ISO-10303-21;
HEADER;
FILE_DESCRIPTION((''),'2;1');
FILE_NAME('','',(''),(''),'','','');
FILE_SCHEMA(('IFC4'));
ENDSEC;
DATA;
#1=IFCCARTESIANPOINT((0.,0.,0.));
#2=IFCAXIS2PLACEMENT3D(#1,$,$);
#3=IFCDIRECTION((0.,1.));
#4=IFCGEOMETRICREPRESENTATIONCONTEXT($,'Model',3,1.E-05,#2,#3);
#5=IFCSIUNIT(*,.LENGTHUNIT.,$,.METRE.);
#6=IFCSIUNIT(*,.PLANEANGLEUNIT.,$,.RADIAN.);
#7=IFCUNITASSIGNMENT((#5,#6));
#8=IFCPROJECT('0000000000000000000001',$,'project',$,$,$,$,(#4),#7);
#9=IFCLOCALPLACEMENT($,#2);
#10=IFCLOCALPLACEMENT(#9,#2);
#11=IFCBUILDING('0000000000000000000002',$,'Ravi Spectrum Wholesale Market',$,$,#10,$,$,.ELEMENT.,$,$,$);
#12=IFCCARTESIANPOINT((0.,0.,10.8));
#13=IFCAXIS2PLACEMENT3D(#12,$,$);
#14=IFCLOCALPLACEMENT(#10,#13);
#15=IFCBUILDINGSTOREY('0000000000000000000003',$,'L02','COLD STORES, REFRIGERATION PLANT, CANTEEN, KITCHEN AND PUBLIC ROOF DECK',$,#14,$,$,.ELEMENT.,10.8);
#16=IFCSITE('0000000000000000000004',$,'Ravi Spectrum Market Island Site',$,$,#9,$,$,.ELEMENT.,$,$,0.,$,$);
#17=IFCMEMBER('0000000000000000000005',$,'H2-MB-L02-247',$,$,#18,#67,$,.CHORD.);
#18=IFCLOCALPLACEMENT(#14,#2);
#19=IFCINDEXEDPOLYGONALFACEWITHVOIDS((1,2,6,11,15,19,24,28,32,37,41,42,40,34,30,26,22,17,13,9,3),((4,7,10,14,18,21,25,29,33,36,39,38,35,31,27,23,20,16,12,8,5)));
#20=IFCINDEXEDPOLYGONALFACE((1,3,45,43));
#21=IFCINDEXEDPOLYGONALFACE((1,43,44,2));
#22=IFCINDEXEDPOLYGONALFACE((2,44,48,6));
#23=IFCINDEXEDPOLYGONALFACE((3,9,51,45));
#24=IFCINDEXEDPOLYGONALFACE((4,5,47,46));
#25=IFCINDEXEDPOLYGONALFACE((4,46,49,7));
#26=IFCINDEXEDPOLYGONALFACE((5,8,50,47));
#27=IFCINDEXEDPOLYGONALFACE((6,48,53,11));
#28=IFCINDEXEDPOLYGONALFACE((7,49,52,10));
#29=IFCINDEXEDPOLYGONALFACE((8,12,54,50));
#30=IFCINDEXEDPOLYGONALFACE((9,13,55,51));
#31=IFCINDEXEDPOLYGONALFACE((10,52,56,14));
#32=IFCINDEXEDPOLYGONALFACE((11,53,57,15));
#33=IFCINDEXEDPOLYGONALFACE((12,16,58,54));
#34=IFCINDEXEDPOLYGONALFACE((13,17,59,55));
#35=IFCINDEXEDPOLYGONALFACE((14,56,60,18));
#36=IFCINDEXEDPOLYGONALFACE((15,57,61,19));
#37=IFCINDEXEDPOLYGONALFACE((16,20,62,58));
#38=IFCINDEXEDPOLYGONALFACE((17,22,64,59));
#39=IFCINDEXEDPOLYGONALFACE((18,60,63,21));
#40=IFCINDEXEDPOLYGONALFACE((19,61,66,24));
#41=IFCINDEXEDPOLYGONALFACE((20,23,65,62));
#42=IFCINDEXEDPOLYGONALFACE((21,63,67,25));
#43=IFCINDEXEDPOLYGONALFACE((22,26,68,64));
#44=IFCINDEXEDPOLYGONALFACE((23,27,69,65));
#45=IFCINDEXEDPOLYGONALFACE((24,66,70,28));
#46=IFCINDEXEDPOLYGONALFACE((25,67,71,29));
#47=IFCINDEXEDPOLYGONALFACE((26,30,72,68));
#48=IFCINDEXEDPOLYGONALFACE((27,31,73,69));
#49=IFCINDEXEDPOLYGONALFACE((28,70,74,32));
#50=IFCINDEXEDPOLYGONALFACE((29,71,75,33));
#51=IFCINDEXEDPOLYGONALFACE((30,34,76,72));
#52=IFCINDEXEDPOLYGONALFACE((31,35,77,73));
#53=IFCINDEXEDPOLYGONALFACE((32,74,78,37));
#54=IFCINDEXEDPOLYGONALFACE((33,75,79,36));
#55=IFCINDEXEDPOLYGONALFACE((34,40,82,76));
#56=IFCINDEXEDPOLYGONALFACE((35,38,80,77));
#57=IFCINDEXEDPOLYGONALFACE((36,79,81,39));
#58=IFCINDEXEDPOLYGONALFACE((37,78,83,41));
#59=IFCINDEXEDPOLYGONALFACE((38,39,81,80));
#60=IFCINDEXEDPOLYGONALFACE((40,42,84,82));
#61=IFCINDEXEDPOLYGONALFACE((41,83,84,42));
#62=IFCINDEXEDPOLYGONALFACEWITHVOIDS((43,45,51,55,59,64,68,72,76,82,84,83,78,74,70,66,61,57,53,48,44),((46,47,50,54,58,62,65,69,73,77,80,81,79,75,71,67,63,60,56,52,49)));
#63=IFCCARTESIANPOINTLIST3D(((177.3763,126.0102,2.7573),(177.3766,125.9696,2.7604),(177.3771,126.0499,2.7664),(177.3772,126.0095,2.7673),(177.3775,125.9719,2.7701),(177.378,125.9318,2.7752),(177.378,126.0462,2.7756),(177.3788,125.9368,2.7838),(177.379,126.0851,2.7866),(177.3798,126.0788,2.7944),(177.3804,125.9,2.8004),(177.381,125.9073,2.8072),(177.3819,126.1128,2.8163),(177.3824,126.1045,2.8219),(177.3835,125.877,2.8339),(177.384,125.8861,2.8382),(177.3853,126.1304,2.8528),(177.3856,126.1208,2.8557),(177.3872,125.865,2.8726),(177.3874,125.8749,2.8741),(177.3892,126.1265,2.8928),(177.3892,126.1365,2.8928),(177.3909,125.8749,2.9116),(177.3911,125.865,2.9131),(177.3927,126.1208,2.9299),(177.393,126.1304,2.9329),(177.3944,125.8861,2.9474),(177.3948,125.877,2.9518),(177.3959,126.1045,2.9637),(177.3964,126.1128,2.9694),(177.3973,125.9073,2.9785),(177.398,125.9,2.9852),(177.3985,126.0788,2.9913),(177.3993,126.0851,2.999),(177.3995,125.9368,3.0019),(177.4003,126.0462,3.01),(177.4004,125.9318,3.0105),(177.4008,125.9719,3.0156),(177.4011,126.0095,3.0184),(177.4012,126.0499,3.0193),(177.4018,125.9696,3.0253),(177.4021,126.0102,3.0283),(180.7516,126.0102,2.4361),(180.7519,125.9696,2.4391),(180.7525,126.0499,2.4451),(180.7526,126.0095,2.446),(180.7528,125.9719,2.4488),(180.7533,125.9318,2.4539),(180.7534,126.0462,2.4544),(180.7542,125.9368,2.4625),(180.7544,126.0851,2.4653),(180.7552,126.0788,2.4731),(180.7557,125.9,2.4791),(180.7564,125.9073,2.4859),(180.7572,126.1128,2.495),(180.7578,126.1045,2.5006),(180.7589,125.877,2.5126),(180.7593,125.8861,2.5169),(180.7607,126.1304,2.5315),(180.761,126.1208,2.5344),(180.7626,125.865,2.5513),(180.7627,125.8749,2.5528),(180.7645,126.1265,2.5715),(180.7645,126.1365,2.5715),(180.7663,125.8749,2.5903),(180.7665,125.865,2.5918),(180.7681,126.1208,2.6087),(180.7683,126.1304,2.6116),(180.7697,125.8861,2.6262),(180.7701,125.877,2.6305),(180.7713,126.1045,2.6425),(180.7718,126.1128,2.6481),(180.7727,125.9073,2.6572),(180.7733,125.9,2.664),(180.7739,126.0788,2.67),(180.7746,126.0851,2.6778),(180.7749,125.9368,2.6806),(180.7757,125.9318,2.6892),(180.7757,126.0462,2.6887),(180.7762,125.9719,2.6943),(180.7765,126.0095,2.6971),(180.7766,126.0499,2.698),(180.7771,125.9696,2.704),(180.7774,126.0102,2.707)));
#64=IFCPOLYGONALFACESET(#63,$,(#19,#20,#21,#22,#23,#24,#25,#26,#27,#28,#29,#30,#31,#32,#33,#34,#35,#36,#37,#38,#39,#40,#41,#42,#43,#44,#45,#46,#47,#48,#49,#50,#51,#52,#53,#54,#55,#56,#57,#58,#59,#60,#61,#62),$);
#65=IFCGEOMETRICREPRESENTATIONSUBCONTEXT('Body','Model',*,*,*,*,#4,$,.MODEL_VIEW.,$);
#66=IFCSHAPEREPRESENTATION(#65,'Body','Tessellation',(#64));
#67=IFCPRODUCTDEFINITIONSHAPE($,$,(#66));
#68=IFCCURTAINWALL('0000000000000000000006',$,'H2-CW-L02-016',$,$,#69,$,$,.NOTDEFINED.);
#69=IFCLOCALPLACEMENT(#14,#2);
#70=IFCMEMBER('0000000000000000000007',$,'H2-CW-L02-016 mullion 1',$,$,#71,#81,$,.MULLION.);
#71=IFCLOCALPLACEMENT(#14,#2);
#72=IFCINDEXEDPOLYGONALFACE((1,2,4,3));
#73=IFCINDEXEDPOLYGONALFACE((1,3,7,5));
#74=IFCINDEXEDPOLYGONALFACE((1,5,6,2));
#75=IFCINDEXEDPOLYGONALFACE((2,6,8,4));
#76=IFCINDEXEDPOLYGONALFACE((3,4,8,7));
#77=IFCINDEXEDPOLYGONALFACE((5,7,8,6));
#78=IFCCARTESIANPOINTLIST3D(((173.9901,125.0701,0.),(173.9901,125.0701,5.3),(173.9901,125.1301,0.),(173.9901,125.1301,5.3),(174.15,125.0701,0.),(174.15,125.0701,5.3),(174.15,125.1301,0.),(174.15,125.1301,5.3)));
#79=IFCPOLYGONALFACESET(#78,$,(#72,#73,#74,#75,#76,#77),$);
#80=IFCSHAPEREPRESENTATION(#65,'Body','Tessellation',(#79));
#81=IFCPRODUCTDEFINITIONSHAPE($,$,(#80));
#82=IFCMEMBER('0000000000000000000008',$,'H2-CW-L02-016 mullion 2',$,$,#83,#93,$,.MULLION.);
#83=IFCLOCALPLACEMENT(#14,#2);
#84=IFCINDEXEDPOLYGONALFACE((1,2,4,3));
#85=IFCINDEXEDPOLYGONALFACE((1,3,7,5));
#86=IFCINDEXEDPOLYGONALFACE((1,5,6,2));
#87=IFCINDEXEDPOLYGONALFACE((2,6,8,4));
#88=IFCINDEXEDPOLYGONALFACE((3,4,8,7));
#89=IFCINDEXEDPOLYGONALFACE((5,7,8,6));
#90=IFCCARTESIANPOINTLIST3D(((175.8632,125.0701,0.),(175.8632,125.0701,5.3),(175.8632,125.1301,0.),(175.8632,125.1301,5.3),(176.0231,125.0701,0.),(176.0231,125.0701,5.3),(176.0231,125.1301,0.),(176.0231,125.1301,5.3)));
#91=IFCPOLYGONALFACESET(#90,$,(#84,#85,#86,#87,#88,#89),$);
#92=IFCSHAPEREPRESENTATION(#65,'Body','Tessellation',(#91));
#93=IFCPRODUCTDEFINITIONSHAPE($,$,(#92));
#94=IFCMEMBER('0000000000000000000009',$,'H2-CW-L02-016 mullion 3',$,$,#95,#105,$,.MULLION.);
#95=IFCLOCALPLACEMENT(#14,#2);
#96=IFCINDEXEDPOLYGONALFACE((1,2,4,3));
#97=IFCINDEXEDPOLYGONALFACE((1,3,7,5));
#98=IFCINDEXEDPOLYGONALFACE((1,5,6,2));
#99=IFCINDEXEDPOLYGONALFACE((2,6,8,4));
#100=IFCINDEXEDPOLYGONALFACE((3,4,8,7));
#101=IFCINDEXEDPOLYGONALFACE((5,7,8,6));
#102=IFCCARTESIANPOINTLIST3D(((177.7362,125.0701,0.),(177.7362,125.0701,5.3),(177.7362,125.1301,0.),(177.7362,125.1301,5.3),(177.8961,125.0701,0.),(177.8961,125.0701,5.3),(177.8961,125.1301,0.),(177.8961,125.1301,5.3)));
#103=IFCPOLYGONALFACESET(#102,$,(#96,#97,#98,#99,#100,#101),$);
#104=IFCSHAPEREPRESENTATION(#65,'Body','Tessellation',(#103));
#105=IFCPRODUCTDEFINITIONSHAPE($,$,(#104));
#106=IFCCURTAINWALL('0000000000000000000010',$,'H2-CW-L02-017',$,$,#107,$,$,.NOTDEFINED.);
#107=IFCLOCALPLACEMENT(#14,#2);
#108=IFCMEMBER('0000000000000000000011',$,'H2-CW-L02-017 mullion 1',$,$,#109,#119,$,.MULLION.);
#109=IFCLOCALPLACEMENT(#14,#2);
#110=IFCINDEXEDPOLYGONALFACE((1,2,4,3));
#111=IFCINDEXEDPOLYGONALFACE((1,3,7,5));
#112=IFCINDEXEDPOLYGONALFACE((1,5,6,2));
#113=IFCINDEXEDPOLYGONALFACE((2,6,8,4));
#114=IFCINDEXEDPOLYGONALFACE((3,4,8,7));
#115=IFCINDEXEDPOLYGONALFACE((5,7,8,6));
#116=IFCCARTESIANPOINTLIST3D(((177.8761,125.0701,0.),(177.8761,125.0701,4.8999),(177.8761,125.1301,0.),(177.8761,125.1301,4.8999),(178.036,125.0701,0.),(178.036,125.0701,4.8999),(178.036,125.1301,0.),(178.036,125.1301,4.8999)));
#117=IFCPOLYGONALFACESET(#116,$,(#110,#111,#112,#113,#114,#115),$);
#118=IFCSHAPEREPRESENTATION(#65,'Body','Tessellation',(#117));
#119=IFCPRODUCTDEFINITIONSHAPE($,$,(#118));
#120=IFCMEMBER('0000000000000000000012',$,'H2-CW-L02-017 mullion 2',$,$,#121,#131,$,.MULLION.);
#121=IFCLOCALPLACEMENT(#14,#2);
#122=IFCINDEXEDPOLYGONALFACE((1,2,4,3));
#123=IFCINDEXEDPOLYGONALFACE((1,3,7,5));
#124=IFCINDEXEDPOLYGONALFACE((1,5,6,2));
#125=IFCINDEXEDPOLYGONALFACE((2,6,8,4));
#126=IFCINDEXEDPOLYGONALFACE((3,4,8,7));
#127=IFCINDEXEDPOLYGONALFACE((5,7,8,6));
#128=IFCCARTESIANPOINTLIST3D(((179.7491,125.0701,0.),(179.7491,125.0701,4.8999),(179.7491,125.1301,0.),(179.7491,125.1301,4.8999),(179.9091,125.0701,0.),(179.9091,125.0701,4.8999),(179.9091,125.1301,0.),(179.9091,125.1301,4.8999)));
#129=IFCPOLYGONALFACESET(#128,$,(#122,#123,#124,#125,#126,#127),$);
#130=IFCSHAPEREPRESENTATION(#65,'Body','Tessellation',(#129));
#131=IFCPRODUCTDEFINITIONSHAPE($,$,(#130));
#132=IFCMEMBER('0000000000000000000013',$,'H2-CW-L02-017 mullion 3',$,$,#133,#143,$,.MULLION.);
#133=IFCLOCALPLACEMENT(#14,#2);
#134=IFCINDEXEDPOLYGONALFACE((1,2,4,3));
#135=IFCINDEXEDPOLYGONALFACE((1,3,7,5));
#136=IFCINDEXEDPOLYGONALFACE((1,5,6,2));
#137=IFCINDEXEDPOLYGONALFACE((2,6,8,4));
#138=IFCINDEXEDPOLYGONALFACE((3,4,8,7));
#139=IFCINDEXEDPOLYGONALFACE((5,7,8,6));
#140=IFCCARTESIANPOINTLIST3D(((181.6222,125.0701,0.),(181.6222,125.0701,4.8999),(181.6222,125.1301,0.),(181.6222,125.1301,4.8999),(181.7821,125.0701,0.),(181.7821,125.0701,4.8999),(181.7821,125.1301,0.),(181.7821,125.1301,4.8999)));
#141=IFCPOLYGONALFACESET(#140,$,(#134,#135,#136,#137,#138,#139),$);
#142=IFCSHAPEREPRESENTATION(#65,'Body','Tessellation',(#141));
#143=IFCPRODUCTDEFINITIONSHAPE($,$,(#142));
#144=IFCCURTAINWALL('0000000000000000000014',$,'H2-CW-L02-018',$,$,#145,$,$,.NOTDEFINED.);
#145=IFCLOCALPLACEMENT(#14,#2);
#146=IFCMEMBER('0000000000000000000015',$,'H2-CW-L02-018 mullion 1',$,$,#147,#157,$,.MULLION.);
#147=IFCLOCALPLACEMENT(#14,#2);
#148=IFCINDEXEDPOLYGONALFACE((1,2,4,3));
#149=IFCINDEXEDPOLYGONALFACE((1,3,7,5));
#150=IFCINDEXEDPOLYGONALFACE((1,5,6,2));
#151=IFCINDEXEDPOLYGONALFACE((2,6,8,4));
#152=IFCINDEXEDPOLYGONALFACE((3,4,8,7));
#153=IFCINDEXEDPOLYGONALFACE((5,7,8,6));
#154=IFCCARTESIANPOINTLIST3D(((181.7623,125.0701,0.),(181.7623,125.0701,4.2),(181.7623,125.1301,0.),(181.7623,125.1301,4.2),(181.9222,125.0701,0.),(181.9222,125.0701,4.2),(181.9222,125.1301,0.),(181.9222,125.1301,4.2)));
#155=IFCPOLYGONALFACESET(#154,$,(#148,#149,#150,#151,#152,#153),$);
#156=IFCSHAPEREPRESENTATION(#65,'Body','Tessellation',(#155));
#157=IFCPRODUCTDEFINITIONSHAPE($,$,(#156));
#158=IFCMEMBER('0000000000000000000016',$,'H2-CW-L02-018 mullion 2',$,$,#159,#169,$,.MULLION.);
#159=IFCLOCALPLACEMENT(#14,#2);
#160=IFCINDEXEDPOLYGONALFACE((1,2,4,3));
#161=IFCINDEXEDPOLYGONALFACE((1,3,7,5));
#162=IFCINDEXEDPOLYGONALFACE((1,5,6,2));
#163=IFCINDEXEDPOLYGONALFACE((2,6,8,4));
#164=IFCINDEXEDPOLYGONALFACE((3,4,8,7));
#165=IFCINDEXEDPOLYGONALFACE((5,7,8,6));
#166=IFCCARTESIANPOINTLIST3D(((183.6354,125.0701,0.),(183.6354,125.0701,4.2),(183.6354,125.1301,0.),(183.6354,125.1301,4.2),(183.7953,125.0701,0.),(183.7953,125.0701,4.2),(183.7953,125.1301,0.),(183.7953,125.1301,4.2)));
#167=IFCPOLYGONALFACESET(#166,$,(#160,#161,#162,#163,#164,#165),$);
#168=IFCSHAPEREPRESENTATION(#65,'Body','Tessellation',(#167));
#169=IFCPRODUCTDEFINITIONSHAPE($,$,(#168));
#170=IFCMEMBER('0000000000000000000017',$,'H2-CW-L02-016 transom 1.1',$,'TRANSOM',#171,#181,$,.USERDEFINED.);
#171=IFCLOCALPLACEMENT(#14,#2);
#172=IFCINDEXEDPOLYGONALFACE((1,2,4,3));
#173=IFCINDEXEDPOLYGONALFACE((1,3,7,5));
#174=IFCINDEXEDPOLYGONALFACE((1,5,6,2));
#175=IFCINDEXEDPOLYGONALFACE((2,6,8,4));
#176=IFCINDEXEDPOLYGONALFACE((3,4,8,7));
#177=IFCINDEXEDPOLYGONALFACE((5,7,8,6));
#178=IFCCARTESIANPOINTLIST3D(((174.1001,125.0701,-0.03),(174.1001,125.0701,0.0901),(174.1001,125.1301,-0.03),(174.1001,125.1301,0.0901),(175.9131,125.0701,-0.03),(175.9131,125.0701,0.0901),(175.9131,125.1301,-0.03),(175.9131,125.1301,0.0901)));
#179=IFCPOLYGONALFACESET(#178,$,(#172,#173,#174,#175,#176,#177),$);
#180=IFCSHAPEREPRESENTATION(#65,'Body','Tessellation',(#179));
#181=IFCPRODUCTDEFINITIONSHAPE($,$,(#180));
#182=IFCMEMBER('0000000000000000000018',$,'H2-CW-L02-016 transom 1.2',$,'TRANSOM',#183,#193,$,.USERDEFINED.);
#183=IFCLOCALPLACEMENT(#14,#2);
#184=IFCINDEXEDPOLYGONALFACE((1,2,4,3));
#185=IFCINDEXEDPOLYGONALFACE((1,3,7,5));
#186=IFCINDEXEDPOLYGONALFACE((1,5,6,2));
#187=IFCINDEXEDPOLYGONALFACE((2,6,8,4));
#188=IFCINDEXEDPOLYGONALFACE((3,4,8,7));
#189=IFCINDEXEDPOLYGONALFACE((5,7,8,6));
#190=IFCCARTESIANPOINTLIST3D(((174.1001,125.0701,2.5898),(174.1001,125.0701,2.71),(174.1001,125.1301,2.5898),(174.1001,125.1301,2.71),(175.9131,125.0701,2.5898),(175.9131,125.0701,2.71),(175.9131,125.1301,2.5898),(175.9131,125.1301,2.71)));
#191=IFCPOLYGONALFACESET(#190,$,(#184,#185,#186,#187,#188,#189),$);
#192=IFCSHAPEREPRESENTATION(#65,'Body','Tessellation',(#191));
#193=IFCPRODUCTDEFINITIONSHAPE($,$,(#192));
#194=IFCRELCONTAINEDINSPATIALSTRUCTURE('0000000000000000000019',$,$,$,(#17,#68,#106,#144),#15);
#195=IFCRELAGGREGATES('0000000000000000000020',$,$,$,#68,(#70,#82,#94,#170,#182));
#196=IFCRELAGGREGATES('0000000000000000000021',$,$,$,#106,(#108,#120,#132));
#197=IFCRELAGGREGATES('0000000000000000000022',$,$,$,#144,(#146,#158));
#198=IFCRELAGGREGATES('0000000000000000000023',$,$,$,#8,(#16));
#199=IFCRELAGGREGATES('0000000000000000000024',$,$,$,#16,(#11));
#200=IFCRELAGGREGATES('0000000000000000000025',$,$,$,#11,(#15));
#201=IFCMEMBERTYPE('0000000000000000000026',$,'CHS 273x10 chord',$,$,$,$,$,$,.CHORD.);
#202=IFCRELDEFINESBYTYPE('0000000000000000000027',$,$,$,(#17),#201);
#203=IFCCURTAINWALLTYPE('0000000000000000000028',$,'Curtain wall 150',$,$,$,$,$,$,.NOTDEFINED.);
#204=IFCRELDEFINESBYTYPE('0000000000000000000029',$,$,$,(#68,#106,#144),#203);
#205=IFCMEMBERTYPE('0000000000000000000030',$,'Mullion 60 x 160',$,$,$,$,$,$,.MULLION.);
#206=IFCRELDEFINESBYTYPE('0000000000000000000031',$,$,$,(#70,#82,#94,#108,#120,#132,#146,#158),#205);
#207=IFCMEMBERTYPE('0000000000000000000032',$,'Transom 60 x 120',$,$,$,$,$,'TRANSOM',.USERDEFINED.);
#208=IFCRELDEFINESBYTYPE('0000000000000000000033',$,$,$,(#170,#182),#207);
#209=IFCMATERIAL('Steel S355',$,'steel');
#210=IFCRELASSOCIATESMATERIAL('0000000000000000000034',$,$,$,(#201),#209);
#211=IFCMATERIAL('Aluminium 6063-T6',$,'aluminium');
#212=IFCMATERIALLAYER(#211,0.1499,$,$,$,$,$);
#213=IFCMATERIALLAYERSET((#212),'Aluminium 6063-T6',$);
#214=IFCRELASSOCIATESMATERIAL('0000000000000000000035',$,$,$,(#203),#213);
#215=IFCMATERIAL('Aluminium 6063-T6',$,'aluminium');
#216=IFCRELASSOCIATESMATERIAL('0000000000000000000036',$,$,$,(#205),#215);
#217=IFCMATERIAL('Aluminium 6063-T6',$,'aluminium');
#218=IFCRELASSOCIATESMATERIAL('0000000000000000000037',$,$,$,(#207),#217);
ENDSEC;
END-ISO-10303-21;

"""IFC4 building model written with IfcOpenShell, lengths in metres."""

from ifc_helpers import new_model, si_unit, direction, frame, origin, origin_2d, place, context, subcontext, project, spatial, rectangle, hollow_circle, extrude, material, layer, layer_set, material_profile, profile_set, type_object, element, aggregate, save


model = new_model("IFC4")

# Units and contexts
model_context = context("Model", 3, precision=1e-05, world=origin(), true_north=direction((0.0, 1.0)))
body_context = subcontext(model_context, "Body", "Model", "MODEL_VIEW")
ifc_project = project(units=[si_unit("LENGTHUNIT", "METRE"), si_unit("PLANEANGLEUNIT", "RADIAN")], contexts=[model_context])

# Site, building, storey
site_placement = place(None, origin())
site = spatial("IfcSite", under=ifc_project, at=site_placement, Name="Ravi Spectrum Market Island Site", CompositionType="ELEMENT", RefElevation=0.0)
building_placement = place(site_placement, origin())
building = spatial("IfcBuilding", under=site, at=building_placement, Name="Ravi Spectrum Wholesale Market", CompositionType="ELEMENT")
storey_placement = place(building_placement, frame((0.0, 0.0, 10.8)))
storey = spatial("IfcBuildingStorey", under=building, at=storey_placement, Name="L02", Description="COLD STORES, REFRIGERATION PLANT, CANTEEN, KITCHEN AND PUBLIC ROOF DECK", CompositionType="ELEMENT", Elevation=10.8)

# Member
ifc_material_1 = material(Name="Steel S355", Category="steel")
ifc_material_profile_1 = material_profile(ifc_material_1, hollow_circle(Radius=0.1365, WallThickness=0.01, at=origin_2d()))
ifc_profile_set_1 = profile_set([ifc_material_profile_1], Name="Steel S355")
member_type_1 = type_object("IfcMemberType", Name="CHS 273x10 chord", PredefinedType="CHORD", material=ifc_profile_set_1)
member_1_placement = place(storey_placement, frame((177.3892, 126.0, 2.8928), z_axis=(0.995501, 0.0, -0.094755), x_axis=(0.0, 1.0, 0.0)))
element("IfcMember", 1, at=member_1_placement, inside=storey, type_object=member_type_1, Name="H2-MB-L02-247", PredefinedType="CHORD", context=body_context, shape_type="SweptSolid", body=[
    extrude(hollow_circle(Radius=0.1365, WallThickness=0.01, at=origin_2d()), origin(), (0.0, 0.0, 1.0), 3.3906),
])

# Curtain walls, members
ifc_material_2 = material(Name="Aluminium 6063-T6", Category="aluminium")
ifc_layer_1 = layer(ifc_material_2, 0.1499)
ifc_layer_set_1 = layer_set([ifc_layer_1], Name="Aluminium 6063-T6")
curtain_wall_type = type_object("IfcCurtainWallType", Name="Curtain wall 150", PredefinedType="NOTDEFINED", material=ifc_layer_set_1)
curtain_wall_1_placement = place(storey_placement, origin())
curtain_wall_1 = element("IfcCurtainWall", 2, at=curtain_wall_1_placement, inside=storey, type_object=curtain_wall_type, Name="H2-CW-L02-016", PredefinedType="NOTDEFINED")
ifc_material_3 = material(Name="Aluminium 6063-T6", Category="aluminium")
ifc_material_profile_2 = material_profile(ifc_material_3, rectangle(XDim=0.0601, YDim=0.1599, at=origin_2d()))
ifc_profile_set_2 = profile_set([ifc_material_profile_2], Name="Aluminium 6063-T6")
member_type_2 = type_object("IfcMemberType", Name="Mullion 60 x 160", PredefinedType="MULLION", material=ifc_profile_set_2)
member_2_placement = place(storey_placement, frame((174.0701, 125.1001, 0.0), z_axis=(0.0, 0.0, 1.0), x_axis=(0.0, 1.0, 0.0)))
member_2 = element("IfcMember", 3, at=member_2_placement, type_object=member_type_2, Name="H2-CW-L02-016 mullion 1", PredefinedType="MULLION", context=body_context, shape_type="SweptSolid", body=[
    extrude(rectangle(XDim=0.0601, YDim=0.1599, at=origin_2d()), origin(), (0.0, 0.0, 1.0), 5.3),
])
member_3_placement = place(storey_placement, frame((175.9431, 125.1001, 0.0), z_axis=(0.0, 0.0, 1.0), x_axis=(0.0, 1.0, 0.0)))
member_3 = element("IfcMember", 4, at=member_3_placement, type_object=member_type_2, Name="H2-CW-L02-016 mullion 2", PredefinedType="MULLION", context=body_context, shape_type="SweptSolid", body=[
    extrude(rectangle(XDim=0.0601, YDim=0.1599, at=origin_2d()), origin(), (0.0, 0.0, 1.0), 5.3),
])
member_4_placement = place(storey_placement, frame((177.8162, 125.1001, 0.0), z_axis=(0.0, 0.0, 1.0), x_axis=(0.0, 1.0, 0.0)))
member_4 = element("IfcMember", 5, at=member_4_placement, type_object=member_type_2, Name="H2-CW-L02-016 mullion 3", PredefinedType="MULLION", context=body_context, shape_type="SweptSolid", body=[
    extrude(rectangle(XDim=0.0601, YDim=0.1599, at=origin_2d()), origin(), (0.0, 0.0, 1.0), 5.3),
])
curtain_wall_2_placement = place(storey_placement, origin())
curtain_wall_2 = element("IfcCurtainWall", 6, at=curtain_wall_2_placement, inside=storey, type_object=curtain_wall_type, Name="H2-CW-L02-017", PredefinedType="NOTDEFINED")
member_5_placement = place(storey_placement, frame((177.9561, 125.1001, 0.0), z_axis=(0.0, 0.0, 1.0), x_axis=(0.0, 1.0, 0.0)))
member_5 = element("IfcMember", 7, at=member_5_placement, type_object=member_type_2, Name="H2-CW-L02-017 mullion 1", PredefinedType="MULLION", context=body_context, shape_type="SweptSolid", body=[
    extrude(rectangle(XDim=0.0601, YDim=0.1599, at=origin_2d()), origin(), (0.0, 0.0, 1.0), 4.8999),
])
member_6_placement = place(storey_placement, frame((179.8291, 125.1001, 0.0), z_axis=(0.0, 0.0, 1.0), x_axis=(0.0, 1.0, 0.0)))
member_6 = element("IfcMember", 8, at=member_6_placement, type_object=member_type_2, Name="H2-CW-L02-017 mullion 2", PredefinedType="MULLION", context=body_context, shape_type="SweptSolid", body=[
    extrude(rectangle(XDim=0.0601, YDim=0.1599, at=origin_2d()), origin(), (0.0, 0.0, 1.0), 4.8999),
])
member_7_placement = place(storey_placement, frame((181.7021, 125.1001, 0.0), z_axis=(0.0, 0.0, 1.0), x_axis=(0.0, 1.0, 0.0)))
member_7 = element("IfcMember", 9, at=member_7_placement, type_object=member_type_2, Name="H2-CW-L02-017 mullion 3", PredefinedType="MULLION", context=body_context, shape_type="SweptSolid", body=[
    extrude(rectangle(XDim=0.0601, YDim=0.1599, at=origin_2d()), origin(), (0.0, 0.0, 1.0), 4.8999),
])
curtain_wall_3_placement = place(storey_placement, origin())
curtain_wall_3 = element("IfcCurtainWall", 10, at=curtain_wall_3_placement, inside=storey, type_object=curtain_wall_type, Name="H2-CW-L02-018", PredefinedType="NOTDEFINED")
member_8_placement = place(storey_placement, frame((181.8423, 125.1001, 0.0), z_axis=(0.0, 0.0, 1.0), x_axis=(0.0, 1.0, 0.0)))
member_8 = element("IfcMember", 11, at=member_8_placement, type_object=member_type_2, Name="H2-CW-L02-018 mullion 1", PredefinedType="MULLION", context=body_context, shape_type="SweptSolid", body=[
    extrude(rectangle(XDim=0.0601, YDim=0.1599, at=origin_2d()), origin(), (0.0, 0.0, 1.0), 4.2),
])
member_9_placement = place(storey_placement, frame((183.7153, 125.1001, 0.0), z_axis=(0.0, 0.0, 1.0), x_axis=(0.0, 1.0, 0.0)))
member_9 = element("IfcMember", 12, at=member_9_placement, type_object=member_type_2, Name="H2-CW-L02-018 mullion 2", PredefinedType="MULLION", context=body_context, shape_type="SweptSolid", body=[
    extrude(rectangle(XDim=0.0601, YDim=0.1599, at=origin_2d()), origin(), (0.0, 0.0, 1.0), 4.2),
])

# Members
ifc_material_4 = material(Name="Aluminium 6063-T6", Category="aluminium")
ifc_material_profile_3 = material_profile(ifc_material_4, rectangle(XDim=0.0601, YDim=0.1201, at=origin_2d()))
ifc_profile_set_3 = profile_set([ifc_material_profile_3], Name="Aluminium 6063-T6")
member_type_3 = type_object("IfcMemberType", Name="Transom 60 x 120", ElementType="TRANSOM", PredefinedType="USERDEFINED", material=ifc_profile_set_3)
member_10_placement = place(storey_placement, frame((174.1001, 125.1001, 0.03), z_axis=(1.0, 0.0, 0.0), x_axis=(0.0, 1.0, 0.0)))
member_10 = element("IfcMember", 13, at=member_10_placement, type_object=member_type_3, Name="H2-CW-L02-016 transom 1.1", ObjectType="TRANSOM", PredefinedType="USERDEFINED", context=body_context, shape_type="SweptSolid", body=[
    extrude(rectangle(XDim=0.0601, YDim=0.1201, at=origin_2d()), origin(), (0.0, 0.0, 1.0), 1.813),
])
member_11_placement = place(storey_placement, frame((174.1001, 125.1001, 2.6499), z_axis=(1.0, 0.0, 0.0), x_axis=(0.0, 1.0, 0.0)))
member_11 = element("IfcMember", 14, at=member_11_placement, type_object=member_type_3, Name="H2-CW-L02-016 transom 1.2", ObjectType="TRANSOM", PredefinedType="USERDEFINED", context=body_context, shape_type="SweptSolid", body=[
    extrude(rectangle(XDim=0.0601, YDim=0.1201, at=origin_2d()), origin(), (0.0, 0.0, 1.0), 1.813),
])

aggregate(curtain_wall_1, [member_2, member_3, member_4, member_10, member_11])
aggregate(curtain_wall_2, [member_5, member_6, member_7])
aggregate(curtain_wall_3, [member_8, member_9])

save(model, "model.ifc")
